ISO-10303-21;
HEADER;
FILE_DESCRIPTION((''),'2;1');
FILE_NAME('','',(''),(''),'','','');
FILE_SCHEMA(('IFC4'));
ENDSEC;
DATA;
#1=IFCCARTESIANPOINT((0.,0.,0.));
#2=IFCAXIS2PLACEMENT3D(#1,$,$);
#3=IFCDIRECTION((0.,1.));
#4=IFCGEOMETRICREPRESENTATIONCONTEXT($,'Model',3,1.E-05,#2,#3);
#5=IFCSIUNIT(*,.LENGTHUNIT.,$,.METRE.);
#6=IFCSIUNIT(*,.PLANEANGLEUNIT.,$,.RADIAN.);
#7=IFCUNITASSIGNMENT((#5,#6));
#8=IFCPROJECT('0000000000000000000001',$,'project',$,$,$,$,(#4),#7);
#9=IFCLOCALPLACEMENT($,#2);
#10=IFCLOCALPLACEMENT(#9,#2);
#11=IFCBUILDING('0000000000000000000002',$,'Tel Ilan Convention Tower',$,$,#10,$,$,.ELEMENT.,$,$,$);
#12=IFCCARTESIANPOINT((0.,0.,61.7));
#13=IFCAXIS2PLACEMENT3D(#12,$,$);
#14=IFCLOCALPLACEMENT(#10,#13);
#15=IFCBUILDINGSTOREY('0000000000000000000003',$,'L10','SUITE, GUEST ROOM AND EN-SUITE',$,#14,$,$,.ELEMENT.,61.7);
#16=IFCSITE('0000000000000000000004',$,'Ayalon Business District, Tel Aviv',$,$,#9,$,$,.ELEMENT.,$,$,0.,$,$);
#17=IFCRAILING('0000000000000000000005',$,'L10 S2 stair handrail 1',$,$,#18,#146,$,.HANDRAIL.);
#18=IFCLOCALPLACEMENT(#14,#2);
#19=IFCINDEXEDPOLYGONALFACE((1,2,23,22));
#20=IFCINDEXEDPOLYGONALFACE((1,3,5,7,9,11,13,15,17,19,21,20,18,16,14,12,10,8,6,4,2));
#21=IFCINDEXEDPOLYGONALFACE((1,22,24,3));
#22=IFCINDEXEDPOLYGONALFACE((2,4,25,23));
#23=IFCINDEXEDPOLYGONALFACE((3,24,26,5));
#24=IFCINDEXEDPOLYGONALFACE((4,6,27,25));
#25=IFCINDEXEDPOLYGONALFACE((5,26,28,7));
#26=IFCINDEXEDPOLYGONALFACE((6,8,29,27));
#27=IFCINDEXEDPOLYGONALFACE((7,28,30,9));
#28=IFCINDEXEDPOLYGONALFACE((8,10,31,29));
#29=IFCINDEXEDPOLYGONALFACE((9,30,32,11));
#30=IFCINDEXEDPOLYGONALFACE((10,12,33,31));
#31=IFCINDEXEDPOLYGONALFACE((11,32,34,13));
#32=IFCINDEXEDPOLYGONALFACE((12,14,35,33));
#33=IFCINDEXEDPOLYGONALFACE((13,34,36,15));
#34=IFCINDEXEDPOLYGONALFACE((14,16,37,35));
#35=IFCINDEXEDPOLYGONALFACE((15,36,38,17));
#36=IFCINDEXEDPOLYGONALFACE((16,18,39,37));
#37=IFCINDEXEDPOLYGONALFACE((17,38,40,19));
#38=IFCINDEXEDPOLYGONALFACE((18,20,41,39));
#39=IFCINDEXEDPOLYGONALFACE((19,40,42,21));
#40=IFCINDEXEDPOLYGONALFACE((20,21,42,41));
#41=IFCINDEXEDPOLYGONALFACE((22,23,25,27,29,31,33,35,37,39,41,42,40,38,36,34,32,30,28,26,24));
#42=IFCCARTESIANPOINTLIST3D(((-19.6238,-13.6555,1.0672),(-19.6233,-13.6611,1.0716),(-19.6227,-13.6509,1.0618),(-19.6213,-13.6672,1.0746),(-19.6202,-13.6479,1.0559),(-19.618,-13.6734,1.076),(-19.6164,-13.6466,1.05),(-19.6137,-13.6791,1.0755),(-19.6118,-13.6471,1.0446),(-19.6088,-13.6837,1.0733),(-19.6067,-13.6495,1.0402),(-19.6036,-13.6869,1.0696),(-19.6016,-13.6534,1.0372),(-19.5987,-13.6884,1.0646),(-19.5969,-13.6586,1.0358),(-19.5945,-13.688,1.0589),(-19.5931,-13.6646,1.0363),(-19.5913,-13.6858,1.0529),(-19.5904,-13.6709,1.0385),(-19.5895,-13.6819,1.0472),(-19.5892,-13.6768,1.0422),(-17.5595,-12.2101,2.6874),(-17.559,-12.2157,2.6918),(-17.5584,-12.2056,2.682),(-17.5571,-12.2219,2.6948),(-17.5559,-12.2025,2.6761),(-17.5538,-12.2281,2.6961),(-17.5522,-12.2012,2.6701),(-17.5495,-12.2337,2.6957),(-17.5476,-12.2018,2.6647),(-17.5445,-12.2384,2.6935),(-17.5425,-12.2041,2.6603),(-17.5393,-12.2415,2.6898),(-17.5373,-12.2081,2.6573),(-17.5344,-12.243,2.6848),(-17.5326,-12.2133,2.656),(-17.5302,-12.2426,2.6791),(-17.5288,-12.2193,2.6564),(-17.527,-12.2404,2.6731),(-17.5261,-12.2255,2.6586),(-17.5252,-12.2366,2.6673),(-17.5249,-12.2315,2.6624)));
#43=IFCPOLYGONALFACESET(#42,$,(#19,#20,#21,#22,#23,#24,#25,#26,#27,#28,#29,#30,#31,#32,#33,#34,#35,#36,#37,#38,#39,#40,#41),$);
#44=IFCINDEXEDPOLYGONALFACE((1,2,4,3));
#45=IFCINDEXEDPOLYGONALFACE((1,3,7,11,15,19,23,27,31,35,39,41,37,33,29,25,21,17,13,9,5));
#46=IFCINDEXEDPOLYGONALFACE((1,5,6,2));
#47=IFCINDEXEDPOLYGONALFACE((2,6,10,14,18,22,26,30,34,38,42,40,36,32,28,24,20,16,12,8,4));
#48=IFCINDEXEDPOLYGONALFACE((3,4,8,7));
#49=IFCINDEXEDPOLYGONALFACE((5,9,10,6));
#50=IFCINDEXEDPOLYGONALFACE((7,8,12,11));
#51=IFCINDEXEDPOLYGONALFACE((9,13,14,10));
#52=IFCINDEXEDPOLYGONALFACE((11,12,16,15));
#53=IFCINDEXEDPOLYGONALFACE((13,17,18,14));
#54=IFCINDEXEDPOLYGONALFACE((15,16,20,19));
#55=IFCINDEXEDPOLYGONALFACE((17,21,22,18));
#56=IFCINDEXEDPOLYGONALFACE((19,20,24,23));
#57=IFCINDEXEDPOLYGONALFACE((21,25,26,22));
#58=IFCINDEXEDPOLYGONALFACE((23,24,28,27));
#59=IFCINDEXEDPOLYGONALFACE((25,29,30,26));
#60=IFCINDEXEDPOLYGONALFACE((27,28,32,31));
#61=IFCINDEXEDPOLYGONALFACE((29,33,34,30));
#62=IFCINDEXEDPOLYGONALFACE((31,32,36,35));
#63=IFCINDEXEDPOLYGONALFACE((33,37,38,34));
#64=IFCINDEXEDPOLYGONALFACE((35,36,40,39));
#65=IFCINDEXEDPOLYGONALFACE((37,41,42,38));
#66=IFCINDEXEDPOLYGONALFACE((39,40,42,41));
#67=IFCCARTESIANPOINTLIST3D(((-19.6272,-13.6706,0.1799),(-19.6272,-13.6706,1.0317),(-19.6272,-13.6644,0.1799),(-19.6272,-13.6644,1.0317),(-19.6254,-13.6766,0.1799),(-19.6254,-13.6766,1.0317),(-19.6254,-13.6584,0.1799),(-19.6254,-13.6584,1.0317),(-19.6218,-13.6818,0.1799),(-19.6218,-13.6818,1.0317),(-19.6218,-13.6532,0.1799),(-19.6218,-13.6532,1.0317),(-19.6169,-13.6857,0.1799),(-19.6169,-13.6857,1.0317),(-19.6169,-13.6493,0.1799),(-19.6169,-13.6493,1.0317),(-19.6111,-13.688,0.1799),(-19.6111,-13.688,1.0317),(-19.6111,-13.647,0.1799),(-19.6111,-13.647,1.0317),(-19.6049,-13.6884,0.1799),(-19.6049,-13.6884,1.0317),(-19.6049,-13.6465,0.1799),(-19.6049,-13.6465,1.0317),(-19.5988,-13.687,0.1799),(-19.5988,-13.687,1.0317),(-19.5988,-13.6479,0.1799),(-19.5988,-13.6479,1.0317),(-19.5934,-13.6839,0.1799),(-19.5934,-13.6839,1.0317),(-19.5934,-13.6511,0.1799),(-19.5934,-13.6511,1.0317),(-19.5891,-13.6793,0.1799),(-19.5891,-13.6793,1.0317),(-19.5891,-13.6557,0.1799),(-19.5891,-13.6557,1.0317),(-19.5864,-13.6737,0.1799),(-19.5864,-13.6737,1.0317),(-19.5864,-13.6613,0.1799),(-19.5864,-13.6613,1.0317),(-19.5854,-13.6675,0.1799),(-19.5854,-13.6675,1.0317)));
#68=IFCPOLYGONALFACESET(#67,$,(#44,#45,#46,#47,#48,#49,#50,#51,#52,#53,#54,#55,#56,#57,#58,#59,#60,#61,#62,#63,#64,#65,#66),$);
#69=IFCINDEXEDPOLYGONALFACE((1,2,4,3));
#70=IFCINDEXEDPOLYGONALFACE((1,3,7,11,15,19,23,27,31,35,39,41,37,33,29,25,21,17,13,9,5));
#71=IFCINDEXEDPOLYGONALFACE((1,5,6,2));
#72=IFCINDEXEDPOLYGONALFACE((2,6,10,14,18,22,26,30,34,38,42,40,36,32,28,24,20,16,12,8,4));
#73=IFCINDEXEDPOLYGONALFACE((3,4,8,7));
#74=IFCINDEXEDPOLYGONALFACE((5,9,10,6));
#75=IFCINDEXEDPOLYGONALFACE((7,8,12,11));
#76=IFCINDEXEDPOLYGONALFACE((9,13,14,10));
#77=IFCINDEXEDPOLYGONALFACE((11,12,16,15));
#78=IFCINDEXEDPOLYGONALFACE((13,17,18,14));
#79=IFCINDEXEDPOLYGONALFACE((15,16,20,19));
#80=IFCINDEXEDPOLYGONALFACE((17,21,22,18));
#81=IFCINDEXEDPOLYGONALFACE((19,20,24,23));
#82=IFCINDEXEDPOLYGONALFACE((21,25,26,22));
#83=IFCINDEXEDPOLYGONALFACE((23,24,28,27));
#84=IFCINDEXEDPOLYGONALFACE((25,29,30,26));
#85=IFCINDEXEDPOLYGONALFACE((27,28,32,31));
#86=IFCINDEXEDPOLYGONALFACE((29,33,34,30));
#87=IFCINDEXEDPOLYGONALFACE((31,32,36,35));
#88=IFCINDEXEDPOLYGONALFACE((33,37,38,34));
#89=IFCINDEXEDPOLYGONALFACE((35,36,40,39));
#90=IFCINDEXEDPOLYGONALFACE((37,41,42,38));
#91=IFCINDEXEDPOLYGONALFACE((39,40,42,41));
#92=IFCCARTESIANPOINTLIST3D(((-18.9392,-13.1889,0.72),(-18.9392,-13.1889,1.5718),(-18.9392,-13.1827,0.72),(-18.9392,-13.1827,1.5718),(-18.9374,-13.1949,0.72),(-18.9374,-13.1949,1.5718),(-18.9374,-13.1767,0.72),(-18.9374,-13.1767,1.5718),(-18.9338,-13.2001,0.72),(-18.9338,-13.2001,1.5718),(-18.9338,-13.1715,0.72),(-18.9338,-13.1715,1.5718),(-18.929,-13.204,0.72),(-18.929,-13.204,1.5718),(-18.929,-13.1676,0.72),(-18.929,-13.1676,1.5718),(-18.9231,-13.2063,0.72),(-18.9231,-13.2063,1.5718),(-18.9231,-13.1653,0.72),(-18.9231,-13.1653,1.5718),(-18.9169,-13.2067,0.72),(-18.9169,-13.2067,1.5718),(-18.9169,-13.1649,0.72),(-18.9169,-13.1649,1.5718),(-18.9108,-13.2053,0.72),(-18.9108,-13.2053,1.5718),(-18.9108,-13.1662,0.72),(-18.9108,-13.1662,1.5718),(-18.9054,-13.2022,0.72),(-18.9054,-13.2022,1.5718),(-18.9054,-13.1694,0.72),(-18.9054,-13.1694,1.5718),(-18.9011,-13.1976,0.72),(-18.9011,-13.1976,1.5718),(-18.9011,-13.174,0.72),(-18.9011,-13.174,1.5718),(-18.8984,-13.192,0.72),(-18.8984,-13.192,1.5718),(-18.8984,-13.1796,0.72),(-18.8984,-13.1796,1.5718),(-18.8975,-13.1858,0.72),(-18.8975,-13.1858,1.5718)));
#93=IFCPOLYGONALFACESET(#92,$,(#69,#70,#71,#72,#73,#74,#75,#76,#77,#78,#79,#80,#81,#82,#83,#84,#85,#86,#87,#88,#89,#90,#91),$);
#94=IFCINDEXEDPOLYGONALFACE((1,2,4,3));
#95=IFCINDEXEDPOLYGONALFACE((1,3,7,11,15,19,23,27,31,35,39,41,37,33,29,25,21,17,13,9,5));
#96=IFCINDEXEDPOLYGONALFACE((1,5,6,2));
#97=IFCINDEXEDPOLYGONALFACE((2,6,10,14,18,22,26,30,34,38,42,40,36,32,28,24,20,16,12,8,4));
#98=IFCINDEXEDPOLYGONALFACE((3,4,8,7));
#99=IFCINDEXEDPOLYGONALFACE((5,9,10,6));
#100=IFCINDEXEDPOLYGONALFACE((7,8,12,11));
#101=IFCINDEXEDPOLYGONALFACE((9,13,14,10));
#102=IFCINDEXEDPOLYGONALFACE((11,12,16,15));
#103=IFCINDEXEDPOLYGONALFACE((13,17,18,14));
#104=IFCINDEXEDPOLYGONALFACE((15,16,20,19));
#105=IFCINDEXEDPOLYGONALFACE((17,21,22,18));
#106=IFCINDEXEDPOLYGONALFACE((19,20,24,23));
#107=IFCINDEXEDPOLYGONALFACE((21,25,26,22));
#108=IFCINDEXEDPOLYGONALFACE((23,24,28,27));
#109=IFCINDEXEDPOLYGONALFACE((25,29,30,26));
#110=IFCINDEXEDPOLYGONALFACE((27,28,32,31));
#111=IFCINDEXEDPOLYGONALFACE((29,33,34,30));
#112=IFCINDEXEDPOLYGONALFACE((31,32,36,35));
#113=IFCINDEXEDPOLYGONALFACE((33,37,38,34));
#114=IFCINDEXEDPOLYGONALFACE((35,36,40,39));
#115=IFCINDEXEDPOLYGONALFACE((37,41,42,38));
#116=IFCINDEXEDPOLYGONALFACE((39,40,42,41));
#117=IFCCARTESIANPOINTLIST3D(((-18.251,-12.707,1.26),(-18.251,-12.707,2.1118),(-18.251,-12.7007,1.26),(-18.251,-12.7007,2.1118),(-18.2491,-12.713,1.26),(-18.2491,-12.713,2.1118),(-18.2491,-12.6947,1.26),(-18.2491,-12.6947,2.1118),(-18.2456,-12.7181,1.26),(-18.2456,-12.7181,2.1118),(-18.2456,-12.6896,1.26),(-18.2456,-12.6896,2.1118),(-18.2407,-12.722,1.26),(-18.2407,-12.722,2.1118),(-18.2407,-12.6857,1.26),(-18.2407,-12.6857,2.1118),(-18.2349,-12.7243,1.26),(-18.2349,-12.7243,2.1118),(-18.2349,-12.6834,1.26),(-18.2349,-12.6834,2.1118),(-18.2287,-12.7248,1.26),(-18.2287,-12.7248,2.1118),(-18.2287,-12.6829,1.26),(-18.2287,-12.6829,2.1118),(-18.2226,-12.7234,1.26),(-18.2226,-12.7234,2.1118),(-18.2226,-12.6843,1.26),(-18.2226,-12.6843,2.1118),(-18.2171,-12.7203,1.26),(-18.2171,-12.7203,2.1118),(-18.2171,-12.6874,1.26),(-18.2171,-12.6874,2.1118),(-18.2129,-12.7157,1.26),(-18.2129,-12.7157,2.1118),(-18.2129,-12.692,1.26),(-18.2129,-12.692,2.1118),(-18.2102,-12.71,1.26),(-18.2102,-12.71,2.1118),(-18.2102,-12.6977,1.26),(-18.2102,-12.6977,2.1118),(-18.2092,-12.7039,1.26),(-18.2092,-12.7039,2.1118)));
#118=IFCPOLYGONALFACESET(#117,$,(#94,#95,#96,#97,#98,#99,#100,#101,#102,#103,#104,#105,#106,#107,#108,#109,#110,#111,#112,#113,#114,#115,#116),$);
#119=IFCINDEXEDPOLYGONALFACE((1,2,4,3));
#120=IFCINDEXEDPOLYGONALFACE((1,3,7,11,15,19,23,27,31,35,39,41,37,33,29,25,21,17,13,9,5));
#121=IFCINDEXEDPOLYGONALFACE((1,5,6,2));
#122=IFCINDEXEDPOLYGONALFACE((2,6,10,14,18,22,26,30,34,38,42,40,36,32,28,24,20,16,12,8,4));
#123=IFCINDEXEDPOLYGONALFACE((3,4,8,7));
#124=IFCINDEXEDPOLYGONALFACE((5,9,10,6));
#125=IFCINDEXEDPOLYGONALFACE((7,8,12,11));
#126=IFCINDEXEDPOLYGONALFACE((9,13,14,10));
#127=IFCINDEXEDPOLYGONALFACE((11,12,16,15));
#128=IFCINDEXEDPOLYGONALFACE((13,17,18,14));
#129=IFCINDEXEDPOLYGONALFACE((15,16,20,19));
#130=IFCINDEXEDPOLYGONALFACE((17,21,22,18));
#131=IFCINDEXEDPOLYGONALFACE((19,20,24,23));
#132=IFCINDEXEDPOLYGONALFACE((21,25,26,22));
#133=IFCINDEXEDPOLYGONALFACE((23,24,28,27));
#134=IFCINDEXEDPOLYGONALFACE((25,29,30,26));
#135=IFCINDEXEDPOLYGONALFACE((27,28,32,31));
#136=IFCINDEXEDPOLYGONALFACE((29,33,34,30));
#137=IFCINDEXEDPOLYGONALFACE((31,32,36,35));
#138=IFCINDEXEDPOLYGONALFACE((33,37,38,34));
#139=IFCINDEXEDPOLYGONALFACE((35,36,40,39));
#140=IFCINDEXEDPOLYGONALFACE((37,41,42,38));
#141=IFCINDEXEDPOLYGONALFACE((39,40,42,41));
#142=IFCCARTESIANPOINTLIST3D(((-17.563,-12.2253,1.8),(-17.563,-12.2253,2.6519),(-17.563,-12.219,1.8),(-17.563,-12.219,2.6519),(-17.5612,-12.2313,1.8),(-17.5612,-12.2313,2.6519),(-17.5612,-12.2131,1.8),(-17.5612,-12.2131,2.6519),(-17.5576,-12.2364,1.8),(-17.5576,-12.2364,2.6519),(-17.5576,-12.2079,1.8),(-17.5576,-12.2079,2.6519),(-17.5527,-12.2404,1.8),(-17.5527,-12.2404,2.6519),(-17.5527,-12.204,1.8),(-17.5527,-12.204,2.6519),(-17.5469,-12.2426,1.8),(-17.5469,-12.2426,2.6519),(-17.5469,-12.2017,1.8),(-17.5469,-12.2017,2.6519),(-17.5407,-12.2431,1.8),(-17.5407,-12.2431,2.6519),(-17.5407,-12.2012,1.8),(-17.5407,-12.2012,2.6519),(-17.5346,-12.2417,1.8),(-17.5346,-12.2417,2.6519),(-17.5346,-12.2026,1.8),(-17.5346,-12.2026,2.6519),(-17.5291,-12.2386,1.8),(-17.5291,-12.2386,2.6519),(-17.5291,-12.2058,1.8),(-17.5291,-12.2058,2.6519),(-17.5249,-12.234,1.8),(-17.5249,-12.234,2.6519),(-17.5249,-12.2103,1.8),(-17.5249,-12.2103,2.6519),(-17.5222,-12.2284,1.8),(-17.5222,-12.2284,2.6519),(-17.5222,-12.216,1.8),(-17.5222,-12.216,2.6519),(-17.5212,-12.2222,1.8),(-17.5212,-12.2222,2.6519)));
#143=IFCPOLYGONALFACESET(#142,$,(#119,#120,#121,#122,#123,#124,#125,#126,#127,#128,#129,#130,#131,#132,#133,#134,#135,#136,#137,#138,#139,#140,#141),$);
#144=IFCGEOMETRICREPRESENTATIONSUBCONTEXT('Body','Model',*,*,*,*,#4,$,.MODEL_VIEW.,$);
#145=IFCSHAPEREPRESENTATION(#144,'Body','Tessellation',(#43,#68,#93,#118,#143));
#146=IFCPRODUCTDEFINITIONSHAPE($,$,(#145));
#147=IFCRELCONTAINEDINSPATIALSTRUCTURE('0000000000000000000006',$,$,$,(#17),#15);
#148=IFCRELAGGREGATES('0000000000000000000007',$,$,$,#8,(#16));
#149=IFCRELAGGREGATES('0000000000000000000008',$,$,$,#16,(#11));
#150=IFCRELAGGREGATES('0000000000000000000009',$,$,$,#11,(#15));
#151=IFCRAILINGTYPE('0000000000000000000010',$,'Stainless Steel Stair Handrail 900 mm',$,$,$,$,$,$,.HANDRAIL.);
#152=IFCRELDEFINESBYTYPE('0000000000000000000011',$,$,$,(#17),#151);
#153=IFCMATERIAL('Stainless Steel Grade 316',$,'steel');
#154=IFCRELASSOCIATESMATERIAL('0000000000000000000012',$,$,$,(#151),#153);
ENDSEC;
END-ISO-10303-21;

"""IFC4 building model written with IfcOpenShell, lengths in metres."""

from ifc_helpers import new_model, si_unit, direction, frame, origin, origin_2d, place, context, subcontext, project, spatial, circle, extrude, material, type_object, element, save


model = new_model("IFC4")

# Units and contexts
model_context = context("Model", 3, precision=1e-05, world=origin(), true_north=direction((0.0, 1.0)))
body_context = subcontext(model_context, "Body", "Model", "MODEL_VIEW")
ifc_project = project(units=[si_unit("LENGTHUNIT", "METRE"), si_unit("PLANEANGLEUNIT", "RADIAN")], contexts=[model_context])

# Site, building, storey
site_placement = place(None, origin())
site = spatial("IfcSite", under=ifc_project, at=site_placement, Name="Ayalon Business District, Tel Aviv", CompositionType="ELEMENT", RefElevation=0.0)
building_placement = place(site_placement, origin())
building = spatial("IfcBuilding", under=site, at=building_placement, Name="Tel Ilan Convention Tower", CompositionType="ELEMENT")
storey_placement = place(building_placement, frame((0.0, 0.0, 61.7)))
storey = spatial("IfcBuildingStorey", under=building, at=storey_placement, Name="L10", Description="SUITE, GUEST ROOM AND EN-SUITE", CompositionType="ELEMENT", Elevation=61.7)

# Railing
ifc_material_1 = material(Name="Stainless Steel Grade 316", Category="steel")
railing_type_1 = type_object("IfcRailingType", Name="Stainless Steel Stair Handrail 900 mm", PredefinedType="HANDRAIL", material=ifc_material_1)
for number, where, name in (
    (1, (-19.6064, -13.6675, 0.1799), "L10 S2 stair handrail 1"),
):
    element("IfcRailing", number, at=place(storey_placement, frame(where)), inside=storey, type_object=railing_type_1, Name=name, PredefinedType="HANDRAIL", context=body_context, shape_type="SweptSolid", body=[
        extrude(circle(Radius=0.0239, at=origin_2d()), frame((0.0, 0.0, 0.876), z_axis=(0.68904, 0.48245, 0.540801), x_axis=(-0.57356, 0.819164, 0.0)), (0.0, 0.0, 1.0), 2.9958),
        extrude(circle(Radius=0.021, at=origin_2d()), origin(), (0.0, 0.0, 1.0), 0.8518),
        extrude(circle(Radius=0.021, at=origin_2d()), frame((0.688, 0.4817, 0.54)), (0.0, 0.0, 1.0), 0.8518),
        extrude(circle(Radius=0.021, at=origin_2d()), frame((1.3762, 0.9636, 1.0801)), (0.0, 0.0, 1.0), 0.8518),
        extrude(circle(Radius=0.021, at=origin_2d()), frame((2.0642, 1.4453, 1.6201)), (0.0, 0.0, 1.0), 0.8518),
    ])

save(model, "model.ifc")
